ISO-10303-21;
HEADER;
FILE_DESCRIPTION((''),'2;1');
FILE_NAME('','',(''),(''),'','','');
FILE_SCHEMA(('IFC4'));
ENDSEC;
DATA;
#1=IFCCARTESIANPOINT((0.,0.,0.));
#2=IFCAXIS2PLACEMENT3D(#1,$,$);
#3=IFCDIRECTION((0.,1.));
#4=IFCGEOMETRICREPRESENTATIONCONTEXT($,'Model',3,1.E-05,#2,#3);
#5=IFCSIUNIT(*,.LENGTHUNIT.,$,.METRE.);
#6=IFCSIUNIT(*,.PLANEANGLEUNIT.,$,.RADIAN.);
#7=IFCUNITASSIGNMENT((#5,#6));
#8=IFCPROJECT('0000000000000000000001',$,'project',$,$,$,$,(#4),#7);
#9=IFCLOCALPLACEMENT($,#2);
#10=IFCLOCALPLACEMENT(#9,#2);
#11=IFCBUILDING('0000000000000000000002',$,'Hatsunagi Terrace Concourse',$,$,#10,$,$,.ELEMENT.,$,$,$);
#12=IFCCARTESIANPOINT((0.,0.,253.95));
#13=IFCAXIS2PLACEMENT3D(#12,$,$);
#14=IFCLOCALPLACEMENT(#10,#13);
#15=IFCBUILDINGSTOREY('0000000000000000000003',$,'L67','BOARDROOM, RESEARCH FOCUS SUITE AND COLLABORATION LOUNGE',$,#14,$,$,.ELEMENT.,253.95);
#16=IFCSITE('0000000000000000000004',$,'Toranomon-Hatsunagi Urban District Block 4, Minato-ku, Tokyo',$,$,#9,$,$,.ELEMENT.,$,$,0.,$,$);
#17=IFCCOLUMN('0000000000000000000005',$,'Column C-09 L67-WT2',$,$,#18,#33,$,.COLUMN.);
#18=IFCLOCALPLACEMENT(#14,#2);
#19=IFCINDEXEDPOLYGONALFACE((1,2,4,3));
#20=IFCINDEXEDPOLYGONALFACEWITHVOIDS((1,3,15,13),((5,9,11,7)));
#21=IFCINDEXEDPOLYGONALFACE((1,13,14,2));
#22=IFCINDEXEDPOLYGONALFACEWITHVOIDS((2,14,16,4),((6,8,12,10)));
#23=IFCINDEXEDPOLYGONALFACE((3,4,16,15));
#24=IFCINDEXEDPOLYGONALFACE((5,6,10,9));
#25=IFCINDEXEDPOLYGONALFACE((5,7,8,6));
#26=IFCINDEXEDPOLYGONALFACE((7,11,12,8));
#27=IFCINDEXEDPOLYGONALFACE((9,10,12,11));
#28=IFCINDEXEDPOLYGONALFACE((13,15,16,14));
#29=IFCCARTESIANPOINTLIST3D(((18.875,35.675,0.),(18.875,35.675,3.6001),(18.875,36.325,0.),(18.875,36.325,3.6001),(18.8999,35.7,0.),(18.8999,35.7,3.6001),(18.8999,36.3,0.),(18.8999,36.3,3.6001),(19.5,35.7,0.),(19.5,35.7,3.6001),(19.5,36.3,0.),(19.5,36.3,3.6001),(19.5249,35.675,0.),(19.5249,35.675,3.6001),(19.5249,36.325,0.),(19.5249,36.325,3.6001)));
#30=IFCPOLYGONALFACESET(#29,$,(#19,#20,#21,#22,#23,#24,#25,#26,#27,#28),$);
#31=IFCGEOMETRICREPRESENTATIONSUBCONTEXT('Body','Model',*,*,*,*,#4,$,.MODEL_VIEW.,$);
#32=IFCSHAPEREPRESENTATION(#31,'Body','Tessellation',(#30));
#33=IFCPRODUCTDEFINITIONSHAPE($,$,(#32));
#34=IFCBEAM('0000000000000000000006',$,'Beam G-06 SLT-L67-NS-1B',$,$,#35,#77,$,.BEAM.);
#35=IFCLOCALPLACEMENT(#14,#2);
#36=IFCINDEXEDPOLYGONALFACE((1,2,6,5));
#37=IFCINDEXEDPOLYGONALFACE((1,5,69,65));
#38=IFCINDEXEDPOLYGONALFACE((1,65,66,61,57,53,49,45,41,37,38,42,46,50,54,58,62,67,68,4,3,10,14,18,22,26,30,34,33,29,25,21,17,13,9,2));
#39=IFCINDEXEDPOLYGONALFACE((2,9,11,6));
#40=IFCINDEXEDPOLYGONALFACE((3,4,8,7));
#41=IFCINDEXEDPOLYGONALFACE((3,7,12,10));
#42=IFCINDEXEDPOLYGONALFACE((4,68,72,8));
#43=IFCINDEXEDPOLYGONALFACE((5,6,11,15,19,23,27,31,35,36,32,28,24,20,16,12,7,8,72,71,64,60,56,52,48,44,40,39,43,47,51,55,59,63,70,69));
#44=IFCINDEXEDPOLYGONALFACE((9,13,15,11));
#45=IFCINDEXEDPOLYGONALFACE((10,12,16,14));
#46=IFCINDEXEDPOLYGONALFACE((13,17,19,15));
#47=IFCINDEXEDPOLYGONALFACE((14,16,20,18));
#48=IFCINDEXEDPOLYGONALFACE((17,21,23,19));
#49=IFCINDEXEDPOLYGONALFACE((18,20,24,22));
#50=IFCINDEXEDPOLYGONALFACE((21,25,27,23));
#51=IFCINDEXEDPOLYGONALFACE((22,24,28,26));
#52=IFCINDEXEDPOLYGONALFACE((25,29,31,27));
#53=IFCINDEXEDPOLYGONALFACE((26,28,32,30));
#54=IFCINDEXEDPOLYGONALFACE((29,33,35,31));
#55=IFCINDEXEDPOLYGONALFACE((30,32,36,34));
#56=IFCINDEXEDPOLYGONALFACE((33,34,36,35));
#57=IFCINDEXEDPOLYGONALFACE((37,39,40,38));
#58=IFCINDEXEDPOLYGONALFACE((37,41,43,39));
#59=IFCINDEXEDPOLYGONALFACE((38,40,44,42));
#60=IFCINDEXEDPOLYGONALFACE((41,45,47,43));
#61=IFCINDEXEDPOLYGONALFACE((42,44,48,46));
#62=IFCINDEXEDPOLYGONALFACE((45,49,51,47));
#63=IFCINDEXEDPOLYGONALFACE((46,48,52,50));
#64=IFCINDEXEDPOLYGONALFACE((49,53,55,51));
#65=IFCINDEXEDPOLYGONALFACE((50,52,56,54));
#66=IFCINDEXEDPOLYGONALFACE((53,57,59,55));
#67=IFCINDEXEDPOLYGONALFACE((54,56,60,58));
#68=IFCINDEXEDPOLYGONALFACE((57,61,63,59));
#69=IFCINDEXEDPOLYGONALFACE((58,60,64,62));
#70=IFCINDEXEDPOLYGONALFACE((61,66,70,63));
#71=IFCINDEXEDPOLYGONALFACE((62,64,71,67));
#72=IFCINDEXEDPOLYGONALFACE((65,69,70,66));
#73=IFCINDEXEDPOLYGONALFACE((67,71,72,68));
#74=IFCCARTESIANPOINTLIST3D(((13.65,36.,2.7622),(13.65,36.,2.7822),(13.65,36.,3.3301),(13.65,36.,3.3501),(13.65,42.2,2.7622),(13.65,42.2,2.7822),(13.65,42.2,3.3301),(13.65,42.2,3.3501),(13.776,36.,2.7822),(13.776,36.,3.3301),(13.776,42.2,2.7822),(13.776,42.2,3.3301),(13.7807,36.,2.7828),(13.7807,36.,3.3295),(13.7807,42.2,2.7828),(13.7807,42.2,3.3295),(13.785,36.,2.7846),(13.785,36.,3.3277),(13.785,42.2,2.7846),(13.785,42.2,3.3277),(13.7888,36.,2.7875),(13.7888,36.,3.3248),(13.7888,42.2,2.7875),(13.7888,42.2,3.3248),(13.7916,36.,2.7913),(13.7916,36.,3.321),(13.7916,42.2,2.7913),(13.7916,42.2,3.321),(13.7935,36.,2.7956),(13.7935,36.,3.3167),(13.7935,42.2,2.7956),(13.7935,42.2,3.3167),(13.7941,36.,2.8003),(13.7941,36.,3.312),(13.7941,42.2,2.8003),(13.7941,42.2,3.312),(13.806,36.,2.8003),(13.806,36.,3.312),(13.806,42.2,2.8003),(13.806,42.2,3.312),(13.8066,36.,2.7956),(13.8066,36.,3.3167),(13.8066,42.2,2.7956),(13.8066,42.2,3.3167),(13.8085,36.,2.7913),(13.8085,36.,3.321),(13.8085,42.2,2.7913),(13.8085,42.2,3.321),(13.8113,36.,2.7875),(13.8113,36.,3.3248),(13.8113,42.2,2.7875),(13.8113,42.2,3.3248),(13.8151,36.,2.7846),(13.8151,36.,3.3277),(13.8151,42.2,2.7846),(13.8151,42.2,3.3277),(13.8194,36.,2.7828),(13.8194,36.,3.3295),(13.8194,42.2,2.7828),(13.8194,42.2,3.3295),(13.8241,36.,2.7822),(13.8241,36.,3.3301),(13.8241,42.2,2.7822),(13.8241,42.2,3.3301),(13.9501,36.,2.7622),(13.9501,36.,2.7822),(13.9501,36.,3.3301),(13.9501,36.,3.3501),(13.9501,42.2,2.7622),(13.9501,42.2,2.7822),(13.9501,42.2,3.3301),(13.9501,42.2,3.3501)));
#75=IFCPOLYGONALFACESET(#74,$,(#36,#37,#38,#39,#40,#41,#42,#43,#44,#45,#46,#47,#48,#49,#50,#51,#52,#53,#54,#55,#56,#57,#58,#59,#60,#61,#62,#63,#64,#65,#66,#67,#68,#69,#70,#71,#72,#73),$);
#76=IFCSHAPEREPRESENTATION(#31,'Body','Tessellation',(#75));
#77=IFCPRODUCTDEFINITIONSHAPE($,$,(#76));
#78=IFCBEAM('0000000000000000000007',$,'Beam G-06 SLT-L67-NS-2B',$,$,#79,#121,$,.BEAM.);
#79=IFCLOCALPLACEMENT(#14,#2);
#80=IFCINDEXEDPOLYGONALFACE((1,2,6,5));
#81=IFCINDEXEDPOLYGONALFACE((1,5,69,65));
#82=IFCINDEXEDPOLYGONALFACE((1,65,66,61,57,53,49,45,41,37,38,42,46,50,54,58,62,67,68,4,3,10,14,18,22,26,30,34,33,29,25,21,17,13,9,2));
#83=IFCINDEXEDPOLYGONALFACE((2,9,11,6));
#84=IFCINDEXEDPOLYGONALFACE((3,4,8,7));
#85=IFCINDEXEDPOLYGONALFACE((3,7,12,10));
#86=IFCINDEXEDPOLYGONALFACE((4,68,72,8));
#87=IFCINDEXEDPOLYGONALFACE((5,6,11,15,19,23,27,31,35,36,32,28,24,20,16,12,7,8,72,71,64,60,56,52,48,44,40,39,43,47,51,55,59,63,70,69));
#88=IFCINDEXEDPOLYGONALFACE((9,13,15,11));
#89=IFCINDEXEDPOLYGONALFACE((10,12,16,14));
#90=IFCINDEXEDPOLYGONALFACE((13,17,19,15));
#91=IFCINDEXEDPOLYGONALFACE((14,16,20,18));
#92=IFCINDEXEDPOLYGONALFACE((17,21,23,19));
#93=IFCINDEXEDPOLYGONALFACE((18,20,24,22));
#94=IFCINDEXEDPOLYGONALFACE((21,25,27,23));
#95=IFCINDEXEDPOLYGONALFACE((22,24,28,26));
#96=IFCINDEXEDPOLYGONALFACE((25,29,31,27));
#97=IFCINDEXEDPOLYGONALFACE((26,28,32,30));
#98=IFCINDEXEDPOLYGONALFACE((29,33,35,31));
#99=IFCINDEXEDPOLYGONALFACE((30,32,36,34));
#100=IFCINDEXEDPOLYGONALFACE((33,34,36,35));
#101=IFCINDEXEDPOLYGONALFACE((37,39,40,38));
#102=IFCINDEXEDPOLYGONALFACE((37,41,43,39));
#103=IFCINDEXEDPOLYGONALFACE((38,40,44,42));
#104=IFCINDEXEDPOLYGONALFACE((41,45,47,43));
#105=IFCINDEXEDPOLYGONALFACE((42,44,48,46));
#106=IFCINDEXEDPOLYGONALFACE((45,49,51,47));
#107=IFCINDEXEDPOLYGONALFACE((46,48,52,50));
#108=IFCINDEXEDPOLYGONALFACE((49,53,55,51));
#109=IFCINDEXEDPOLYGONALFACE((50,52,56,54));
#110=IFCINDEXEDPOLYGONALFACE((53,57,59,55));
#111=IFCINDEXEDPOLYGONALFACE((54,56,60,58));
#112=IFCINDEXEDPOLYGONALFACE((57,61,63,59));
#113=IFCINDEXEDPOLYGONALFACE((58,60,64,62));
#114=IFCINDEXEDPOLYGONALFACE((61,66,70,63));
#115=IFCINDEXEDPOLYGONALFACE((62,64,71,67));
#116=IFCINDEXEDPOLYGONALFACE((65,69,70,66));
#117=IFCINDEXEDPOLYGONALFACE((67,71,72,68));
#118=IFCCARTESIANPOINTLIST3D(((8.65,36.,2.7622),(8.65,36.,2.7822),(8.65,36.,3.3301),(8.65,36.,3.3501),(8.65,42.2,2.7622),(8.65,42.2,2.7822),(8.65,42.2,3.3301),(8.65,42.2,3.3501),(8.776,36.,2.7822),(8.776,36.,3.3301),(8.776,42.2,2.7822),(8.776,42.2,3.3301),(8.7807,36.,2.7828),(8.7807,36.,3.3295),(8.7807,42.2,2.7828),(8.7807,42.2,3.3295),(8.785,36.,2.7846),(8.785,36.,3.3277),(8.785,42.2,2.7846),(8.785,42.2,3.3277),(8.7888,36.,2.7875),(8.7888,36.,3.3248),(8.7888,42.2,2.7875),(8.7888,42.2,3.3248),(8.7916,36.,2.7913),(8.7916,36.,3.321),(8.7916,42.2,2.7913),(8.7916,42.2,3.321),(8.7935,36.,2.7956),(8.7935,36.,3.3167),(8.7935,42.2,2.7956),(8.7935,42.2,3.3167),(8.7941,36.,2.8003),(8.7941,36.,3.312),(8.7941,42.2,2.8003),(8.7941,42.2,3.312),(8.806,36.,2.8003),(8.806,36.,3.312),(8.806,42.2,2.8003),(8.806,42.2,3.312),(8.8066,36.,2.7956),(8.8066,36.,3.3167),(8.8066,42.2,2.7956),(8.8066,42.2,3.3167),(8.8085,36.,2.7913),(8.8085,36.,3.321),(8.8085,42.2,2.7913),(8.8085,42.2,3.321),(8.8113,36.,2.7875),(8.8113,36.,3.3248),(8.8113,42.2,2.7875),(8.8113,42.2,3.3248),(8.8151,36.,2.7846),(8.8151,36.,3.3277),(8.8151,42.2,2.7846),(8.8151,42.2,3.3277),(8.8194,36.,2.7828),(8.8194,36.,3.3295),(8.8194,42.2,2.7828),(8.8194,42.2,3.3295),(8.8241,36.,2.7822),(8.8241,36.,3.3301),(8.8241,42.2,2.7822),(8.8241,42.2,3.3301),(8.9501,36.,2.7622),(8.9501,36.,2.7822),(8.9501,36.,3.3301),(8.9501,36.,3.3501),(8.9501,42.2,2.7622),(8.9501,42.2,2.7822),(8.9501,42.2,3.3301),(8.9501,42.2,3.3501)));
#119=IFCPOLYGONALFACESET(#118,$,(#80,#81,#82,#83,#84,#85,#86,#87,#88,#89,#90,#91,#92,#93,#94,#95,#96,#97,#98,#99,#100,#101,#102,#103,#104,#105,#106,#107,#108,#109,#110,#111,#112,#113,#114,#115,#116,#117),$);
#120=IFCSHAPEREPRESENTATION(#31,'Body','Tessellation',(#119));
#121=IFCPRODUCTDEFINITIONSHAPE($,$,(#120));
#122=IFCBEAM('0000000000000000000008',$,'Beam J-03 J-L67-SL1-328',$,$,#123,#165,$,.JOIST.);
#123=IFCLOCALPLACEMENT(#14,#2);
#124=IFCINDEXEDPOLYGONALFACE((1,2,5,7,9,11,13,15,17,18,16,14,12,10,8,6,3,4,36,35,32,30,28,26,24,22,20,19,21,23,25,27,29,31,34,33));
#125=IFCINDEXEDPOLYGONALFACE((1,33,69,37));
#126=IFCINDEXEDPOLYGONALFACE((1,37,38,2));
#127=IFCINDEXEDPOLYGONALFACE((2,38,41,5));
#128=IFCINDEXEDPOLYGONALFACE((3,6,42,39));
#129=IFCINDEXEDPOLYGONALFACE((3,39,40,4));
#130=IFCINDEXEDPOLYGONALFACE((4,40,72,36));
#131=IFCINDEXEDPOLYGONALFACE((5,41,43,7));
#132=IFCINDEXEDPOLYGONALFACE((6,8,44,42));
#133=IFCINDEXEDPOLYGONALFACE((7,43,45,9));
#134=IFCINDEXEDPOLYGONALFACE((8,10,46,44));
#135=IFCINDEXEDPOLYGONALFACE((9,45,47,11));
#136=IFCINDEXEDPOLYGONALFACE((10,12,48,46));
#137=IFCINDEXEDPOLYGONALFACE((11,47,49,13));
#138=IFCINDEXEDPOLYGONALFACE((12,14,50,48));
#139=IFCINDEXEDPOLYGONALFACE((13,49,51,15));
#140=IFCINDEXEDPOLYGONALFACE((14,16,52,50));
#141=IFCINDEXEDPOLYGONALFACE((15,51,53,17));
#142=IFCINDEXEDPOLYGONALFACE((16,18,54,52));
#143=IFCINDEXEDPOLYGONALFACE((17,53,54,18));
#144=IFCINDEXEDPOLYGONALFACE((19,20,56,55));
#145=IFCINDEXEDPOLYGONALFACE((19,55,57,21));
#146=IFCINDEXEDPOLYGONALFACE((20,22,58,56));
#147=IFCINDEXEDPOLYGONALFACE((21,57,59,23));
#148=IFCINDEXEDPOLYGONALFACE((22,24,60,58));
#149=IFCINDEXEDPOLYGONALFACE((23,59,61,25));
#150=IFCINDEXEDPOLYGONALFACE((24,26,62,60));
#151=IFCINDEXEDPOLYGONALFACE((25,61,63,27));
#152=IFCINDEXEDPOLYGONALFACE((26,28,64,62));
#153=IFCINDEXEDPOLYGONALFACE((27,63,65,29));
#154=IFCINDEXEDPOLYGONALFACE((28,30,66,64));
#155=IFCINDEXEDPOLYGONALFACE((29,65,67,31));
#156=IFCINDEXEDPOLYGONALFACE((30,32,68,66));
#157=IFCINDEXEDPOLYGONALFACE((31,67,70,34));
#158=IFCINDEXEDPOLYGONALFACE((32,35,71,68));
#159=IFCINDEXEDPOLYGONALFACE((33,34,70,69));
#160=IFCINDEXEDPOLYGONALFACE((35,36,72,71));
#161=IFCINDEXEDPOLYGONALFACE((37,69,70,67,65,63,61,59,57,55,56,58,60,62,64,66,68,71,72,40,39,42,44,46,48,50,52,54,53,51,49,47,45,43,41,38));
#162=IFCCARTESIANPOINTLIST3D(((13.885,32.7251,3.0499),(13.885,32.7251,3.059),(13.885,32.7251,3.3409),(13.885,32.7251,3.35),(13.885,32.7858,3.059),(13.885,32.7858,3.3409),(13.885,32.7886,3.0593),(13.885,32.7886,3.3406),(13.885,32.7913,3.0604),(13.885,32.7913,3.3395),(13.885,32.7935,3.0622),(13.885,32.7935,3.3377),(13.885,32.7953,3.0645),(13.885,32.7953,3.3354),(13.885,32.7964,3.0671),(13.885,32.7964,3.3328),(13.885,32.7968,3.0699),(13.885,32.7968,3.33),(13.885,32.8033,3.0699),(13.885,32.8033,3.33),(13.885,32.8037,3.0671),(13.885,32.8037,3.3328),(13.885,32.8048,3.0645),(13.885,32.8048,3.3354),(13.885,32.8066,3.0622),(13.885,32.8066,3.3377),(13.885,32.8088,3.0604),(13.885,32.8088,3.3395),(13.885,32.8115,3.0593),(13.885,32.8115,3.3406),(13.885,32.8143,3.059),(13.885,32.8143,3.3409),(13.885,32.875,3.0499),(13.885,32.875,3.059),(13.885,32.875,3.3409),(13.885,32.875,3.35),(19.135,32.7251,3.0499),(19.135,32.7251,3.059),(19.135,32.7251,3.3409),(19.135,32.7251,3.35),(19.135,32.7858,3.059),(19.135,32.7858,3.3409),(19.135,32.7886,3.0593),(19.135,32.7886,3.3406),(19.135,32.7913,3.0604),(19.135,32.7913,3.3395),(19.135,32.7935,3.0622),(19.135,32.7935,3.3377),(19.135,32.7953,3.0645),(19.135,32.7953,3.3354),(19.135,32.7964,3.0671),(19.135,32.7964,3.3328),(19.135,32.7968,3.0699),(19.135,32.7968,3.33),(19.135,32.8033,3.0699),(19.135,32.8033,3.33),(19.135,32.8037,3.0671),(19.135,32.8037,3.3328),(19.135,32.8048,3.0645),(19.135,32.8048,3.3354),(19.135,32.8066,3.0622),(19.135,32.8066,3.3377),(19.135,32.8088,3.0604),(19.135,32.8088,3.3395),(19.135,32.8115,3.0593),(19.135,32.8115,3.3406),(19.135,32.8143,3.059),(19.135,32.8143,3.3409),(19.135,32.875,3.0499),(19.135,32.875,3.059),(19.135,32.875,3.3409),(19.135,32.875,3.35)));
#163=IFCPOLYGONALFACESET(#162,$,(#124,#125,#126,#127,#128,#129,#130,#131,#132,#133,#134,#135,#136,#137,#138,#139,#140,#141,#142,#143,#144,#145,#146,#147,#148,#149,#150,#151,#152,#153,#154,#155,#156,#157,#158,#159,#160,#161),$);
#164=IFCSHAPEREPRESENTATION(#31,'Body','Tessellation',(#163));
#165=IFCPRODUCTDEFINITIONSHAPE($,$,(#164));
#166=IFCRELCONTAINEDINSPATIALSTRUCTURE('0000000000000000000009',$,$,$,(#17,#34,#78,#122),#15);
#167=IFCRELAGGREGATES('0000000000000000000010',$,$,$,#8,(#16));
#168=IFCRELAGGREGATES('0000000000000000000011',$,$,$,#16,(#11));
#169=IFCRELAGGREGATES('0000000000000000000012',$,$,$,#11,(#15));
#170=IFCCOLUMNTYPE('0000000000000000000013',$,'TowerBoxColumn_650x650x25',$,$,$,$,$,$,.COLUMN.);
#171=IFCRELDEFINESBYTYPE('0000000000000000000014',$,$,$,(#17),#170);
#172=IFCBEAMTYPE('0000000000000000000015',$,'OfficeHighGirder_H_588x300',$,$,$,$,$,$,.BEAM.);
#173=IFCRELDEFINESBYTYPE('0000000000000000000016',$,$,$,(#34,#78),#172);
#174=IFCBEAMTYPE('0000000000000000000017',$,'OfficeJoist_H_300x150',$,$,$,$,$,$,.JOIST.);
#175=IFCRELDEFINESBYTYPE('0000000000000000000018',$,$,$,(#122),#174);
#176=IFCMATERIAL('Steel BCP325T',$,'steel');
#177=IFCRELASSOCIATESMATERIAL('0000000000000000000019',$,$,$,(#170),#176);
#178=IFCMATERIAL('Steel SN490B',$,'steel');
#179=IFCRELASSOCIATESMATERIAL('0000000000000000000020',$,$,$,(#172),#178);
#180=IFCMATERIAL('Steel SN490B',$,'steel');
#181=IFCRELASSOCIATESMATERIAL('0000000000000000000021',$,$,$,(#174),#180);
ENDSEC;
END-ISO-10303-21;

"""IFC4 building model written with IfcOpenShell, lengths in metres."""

from ifc_helpers import new_model, si_unit, direction, frame, origin, origin_2d, place, context, subcontext, project, spatial, hollow_rectangle, i_section, extrude, material, material_profile, profile_set, type_object, element, save


model = new_model("IFC4")

# Units and contexts
model_context = context("Model", 3, precision=1e-05, world=origin(), true_north=direction((0.0, 1.0)))
body_context = subcontext(model_context, "Body", "Model", "MODEL_VIEW")
ifc_project = project(units=[si_unit("LENGTHUNIT", "METRE"), si_unit("PLANEANGLEUNIT", "RADIAN")], contexts=[model_context])

# Site, building, storey
site_placement = place(None, origin())
site = spatial("IfcSite", under=ifc_project, at=site_placement, Name="Toranomon-Hatsunagi Urban District Block 4, Minato-ku, Tokyo", CompositionType="ELEMENT", RefElevation=0.0)
building_placement = place(site_placement, origin())
building = spatial("IfcBuilding", under=site, at=building_placement, Name="Hatsunagi Terrace Concourse", CompositionType="ELEMENT")
storey_placement = place(building_placement, frame((0.0, 0.0, 253.95)))
storey = spatial("IfcBuildingStorey", under=building, at=storey_placement, Name="L67", Description="BOARDROOM, RESEARCH FOCUS SUITE AND COLLABORATION LOUNGE", CompositionType="ELEMENT", Elevation=253.95)

# Column
ifc_material_1 = material(Name="Steel BCP325T", Category="steel")
ifc_material_profile_1 = material_profile(ifc_material_1, hollow_rectangle(XDim=0.6499, YDim=0.6499, WallThickness=0.0249, at=origin_2d()), Name="BCP-650x650x25")
ifc_profile_set_1 = profile_set([ifc_material_profile_1], Name="Steel BCP325T")
column_type = type_object("IfcColumnType", Name="TowerBoxColumn_650x650x25", PredefinedType="COLUMN", material=ifc_profile_set_1)
column_placement = place(storey_placement, frame((19.2, 36.0, 0.0), z_axis=(0.0, 0.0, 1.0), x_axis=(1.0, 0.0, 0.0)))
element("IfcColumn", 1, at=column_placement, inside=storey, type_object=column_type, Name="Column C-09 L67-WT2", PredefinedType="COLUMN", context=body_context, shape_type="SweptSolid", body=[
    extrude(hollow_rectangle(XDim=0.6499, YDim=0.6499, WallThickness=0.0249, at=origin_2d()), origin(), (0.0, 0.0, 1.0), 3.6001),
])

# Beams
ifc_material_2 = material(Name="Steel SN490B", Category="steel")
ifc_material_profile_2 = material_profile(ifc_material_2, i_section(OverallWidth=0.3, OverallDepth=0.5879, WebThickness=0.012, FlangeThickness=0.02, FilletRadius=0.0181, at=origin_2d()), Name="H-588x300x12x20")
ifc_profile_set_2 = profile_set([ifc_material_profile_2], Name="Steel SN490B")
beam_type_1 = type_object("IfcBeamType", Name="OfficeHighGirder_H_588x300", PredefinedType="BEAM", material=ifc_profile_set_2)
for number, where, z_axis, x_axis, name in (
    (2, (13.8, 36.0, 3.0562), (0.0, 1.0, 0.0), (-1.0, 0.0, 0.0), "Beam G-06 SLT-L67-NS-1B"),
    (3, (8.8, 36.0, 3.0562), (0.0, 1.0, 0.0), (-1.0, 0.0, 0.0), "Beam G-06 SLT-L67-NS-2B"),
):
    element("IfcBeam", number, at=place(storey_placement, frame(where, z_axis=z_axis, x_axis=x_axis)), inside=storey, type_object=beam_type_1, Name=name, PredefinedType="BEAM", context=body_context, shape_type="SweptSolid", body=[
        extrude(i_section(OverallWidth=0.3, OverallDepth=0.5879, WebThickness=0.012, FlangeThickness=0.02, FilletRadius=0.0181, at=origin_2d()), origin(), (0.0, 0.0, 1.0), 6.2),
    ])
ifc_material_3 = material(Name="Steel SN490B", Category="steel")
ifc_material_profile_3 = material_profile(ifc_material_3, i_section(OverallWidth=0.1499, OverallDepth=0.3, WebThickness=0.0066, FlangeThickness=0.009, FilletRadius=0.011, at=origin_2d()), Name="H-300x150x6.5x9")
ifc_profile_set_3 = profile_set([ifc_material_profile_3], Name="Steel SN490B")
beam_type_2 = type_object("IfcBeamType", Name="OfficeJoist_H_300x150", PredefinedType="JOIST", material=ifc_profile_set_3)
beam_1_placement = place(storey_placement, frame((19.135, 32.8, 3.2), z_axis=(-1.0, 0.0, 0.0), x_axis=(0.0, -1.0, 0.0)))
element("IfcBeam", 4, at=beam_1_placement, inside=storey, type_object=beam_type_2, Name="Beam J-03 J-L67-SL1-328", PredefinedType="JOIST", context=body_context, shape_type="SweptSolid", body=[
    extrude(i_section(OverallWidth=0.1499, OverallDepth=0.3, WebThickness=0.0066, FlangeThickness=0.009, FilletRadius=0.011, at=origin_2d()), origin(), (0.0, 0.0, 1.0), 5.25),
])

save(model, "model.ifc")
